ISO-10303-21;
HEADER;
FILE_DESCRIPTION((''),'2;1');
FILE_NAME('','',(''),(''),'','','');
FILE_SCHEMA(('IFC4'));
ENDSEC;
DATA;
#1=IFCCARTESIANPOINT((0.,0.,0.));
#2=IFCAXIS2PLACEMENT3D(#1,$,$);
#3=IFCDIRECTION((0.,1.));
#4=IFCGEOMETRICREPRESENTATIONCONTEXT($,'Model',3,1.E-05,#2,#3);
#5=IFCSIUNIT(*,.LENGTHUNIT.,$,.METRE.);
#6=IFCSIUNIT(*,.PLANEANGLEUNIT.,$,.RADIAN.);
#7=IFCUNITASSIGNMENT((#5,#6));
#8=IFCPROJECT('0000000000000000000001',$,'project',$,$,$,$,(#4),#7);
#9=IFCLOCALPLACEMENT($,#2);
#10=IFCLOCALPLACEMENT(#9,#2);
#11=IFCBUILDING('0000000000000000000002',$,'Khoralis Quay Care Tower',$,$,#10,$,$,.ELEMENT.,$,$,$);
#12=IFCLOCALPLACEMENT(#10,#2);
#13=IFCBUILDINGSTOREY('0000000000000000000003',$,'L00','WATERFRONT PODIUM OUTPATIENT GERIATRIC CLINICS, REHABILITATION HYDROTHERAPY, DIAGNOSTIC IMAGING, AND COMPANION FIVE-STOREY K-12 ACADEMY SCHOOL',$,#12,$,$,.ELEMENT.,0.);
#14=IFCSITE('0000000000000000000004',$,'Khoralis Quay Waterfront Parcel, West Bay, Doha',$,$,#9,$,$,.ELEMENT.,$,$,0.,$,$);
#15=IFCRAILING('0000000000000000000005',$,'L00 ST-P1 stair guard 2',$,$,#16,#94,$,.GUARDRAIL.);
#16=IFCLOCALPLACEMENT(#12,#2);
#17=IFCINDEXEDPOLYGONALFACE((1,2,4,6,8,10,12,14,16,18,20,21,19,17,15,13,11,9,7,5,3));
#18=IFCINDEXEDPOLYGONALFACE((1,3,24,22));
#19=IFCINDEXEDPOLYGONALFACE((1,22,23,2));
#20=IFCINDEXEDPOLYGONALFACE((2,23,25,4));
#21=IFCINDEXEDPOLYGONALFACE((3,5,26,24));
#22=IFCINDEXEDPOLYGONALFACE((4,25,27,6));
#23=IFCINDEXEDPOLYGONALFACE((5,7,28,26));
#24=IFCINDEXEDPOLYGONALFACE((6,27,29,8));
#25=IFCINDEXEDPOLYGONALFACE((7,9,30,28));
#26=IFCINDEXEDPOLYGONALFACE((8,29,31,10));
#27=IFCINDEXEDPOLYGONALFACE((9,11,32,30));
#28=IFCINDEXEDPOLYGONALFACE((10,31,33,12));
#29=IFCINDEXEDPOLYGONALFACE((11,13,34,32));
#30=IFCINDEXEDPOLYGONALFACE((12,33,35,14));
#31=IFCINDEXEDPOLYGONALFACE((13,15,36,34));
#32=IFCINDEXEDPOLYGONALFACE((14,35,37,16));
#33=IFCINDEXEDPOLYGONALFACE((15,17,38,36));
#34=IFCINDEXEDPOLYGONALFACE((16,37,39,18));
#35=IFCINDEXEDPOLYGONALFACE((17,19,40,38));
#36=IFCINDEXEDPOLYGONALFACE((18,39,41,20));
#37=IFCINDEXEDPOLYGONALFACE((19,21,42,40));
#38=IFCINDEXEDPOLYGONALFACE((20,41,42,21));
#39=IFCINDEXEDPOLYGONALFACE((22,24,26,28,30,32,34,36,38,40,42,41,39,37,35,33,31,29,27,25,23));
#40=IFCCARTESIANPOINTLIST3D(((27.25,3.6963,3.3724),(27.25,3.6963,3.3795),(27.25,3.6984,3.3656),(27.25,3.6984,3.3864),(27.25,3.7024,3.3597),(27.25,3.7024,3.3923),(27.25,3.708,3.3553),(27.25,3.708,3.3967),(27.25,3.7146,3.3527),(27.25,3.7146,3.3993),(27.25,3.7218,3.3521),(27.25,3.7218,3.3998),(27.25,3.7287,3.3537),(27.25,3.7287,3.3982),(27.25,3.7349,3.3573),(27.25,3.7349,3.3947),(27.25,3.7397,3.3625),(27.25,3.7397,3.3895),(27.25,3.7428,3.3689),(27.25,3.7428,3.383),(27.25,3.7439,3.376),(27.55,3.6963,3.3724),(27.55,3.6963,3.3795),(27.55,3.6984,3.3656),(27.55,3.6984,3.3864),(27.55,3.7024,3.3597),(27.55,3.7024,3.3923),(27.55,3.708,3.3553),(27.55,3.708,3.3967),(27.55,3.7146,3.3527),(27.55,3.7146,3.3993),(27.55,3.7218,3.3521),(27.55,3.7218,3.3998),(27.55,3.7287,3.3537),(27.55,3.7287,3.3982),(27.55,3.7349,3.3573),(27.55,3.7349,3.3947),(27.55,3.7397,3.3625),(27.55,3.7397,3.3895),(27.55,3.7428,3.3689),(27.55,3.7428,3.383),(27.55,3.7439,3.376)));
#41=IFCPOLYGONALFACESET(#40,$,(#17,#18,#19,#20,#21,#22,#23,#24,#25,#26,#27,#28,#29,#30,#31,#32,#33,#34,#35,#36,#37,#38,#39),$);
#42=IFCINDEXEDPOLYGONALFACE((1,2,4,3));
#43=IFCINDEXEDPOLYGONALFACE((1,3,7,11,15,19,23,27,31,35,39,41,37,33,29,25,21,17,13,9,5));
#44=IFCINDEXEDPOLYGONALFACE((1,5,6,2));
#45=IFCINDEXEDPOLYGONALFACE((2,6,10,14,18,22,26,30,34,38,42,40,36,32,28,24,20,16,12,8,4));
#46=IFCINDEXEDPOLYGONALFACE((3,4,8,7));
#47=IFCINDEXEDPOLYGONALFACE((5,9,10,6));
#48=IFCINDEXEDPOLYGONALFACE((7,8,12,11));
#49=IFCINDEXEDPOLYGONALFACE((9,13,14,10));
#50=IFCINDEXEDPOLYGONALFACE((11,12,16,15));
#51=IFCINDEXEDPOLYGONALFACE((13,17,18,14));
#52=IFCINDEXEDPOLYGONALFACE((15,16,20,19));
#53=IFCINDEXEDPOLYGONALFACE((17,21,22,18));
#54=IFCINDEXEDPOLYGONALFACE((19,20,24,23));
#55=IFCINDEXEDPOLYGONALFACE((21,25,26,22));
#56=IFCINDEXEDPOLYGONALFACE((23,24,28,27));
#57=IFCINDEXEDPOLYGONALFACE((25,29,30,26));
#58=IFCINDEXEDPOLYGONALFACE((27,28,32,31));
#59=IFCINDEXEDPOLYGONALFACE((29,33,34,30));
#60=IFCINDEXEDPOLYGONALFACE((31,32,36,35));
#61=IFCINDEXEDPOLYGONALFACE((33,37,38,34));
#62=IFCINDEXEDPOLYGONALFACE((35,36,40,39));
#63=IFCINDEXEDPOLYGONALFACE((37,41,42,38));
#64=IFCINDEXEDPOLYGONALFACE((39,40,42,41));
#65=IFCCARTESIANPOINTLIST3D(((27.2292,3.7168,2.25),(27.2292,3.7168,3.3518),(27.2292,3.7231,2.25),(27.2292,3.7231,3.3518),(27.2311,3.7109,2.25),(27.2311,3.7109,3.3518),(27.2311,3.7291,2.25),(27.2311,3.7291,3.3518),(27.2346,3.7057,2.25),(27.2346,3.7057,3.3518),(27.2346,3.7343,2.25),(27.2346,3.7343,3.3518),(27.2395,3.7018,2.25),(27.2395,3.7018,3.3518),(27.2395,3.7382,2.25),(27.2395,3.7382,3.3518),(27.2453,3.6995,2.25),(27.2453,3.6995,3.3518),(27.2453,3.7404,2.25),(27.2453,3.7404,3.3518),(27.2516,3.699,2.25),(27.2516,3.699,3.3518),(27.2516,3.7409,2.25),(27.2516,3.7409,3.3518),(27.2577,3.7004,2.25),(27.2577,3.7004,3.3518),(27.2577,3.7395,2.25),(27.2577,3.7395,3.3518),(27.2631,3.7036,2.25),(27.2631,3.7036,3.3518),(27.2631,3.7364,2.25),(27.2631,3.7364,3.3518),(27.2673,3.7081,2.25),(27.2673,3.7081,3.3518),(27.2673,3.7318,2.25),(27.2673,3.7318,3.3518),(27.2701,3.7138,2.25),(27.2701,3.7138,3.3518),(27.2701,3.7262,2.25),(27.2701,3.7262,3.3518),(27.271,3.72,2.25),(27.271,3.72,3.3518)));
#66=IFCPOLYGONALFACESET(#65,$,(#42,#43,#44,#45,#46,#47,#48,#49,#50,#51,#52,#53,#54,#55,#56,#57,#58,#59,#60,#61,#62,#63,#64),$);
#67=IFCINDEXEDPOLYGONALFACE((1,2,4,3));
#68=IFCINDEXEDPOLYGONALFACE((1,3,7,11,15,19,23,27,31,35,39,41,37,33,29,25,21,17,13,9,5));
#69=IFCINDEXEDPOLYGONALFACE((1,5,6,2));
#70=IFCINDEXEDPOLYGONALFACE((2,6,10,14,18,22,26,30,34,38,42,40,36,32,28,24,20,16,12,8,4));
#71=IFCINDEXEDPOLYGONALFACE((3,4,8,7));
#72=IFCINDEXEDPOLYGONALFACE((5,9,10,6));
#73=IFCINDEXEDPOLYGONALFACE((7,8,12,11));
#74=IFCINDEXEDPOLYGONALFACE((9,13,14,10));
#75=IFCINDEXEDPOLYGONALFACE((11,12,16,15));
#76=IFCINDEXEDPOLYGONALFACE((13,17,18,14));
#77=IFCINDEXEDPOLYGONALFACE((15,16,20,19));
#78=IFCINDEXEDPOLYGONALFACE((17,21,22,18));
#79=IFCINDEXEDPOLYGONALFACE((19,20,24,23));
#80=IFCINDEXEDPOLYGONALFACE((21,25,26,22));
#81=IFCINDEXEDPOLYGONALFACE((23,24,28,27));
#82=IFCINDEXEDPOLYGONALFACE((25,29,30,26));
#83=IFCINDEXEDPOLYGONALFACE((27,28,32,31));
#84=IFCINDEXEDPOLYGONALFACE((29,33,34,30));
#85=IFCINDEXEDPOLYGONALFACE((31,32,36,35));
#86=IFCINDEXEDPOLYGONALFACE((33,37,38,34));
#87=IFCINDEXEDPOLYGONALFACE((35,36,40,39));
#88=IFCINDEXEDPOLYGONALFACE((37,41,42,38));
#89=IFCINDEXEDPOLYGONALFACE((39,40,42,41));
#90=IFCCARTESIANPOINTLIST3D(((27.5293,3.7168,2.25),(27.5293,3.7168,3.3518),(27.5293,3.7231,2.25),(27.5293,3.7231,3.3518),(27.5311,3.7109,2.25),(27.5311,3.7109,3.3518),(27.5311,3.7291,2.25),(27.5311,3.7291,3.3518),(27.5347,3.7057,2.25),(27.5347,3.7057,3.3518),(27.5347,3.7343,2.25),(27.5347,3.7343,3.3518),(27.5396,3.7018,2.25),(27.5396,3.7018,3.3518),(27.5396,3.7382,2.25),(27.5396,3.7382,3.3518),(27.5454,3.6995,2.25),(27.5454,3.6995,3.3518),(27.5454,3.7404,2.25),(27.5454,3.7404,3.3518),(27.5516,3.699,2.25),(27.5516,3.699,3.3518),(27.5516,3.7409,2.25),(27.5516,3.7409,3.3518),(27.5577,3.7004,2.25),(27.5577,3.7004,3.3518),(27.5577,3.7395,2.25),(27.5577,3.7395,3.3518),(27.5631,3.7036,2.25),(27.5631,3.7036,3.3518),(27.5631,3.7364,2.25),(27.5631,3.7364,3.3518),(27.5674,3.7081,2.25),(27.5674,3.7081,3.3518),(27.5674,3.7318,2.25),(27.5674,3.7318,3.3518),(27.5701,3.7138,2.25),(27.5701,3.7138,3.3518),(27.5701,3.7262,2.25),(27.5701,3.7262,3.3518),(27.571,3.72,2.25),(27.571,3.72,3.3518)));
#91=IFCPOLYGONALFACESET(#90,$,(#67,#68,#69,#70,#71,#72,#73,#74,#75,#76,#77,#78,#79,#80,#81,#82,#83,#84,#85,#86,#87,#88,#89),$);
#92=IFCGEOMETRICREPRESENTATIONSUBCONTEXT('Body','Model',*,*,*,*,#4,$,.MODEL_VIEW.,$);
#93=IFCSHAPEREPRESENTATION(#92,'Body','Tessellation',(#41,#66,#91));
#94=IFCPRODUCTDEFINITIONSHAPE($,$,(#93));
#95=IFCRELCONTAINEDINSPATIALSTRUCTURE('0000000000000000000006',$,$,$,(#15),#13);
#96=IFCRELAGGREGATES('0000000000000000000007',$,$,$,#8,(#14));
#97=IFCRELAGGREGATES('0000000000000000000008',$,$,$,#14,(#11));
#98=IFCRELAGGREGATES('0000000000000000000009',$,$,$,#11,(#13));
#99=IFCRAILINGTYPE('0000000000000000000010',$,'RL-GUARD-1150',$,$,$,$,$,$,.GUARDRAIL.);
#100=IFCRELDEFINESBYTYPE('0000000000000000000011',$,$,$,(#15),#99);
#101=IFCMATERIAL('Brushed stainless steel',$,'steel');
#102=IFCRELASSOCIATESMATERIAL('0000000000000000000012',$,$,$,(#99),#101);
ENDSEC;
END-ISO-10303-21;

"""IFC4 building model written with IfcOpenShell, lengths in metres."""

from ifc_helpers import new_model, si_unit, direction, frame, origin, origin_2d, place, context, subcontext, project, spatial, circle, extrude, material, type_object, element, save


model = new_model("IFC4")

# Units and contexts
model_context = context("Model", 3, precision=1e-05, world=origin(), true_north=direction((0.0, 1.0)))
body_context = subcontext(model_context, "Body", "Model", "MODEL_VIEW")
ifc_project = project(units=[si_unit("LENGTHUNIT", "METRE"), si_unit("PLANEANGLEUNIT", "RADIAN")], contexts=[model_context])

# Site, building, storey
site_placement = place(None, origin())
site = spatial("IfcSite", under=ifc_project, at=site_placement, Name="Khoralis Quay Waterfront Parcel, West Bay, Doha", CompositionType="ELEMENT", RefElevation=0.0)
building_placement = place(site_placement, origin())
building = spatial("IfcBuilding", under=site, at=building_placement, Name="Khoralis Quay Care Tower", CompositionType="ELEMENT")
storey_placement = place(building_placement, origin())
storey = spatial("IfcBuildingStorey", under=building, at=storey_placement, Name="L00", Description="WATERFRONT PODIUM OUTPATIENT GERIATRIC CLINICS, REHABILITATION HYDROTHERAPY, DIAGNOSTIC IMAGING, AND COMPANION FIVE-STOREY K-12 ACADEMY SCHOOL", CompositionType="ELEMENT", Elevation=0.0)

# Railing
ifc_material_1 = material(Name="Brushed stainless steel", Category="steel")
railing_type_1 = type_object("IfcRailingType", Name="RL-GUARD-1150", PredefinedType="GUARDRAIL", material=ifc_material_1)
railing_1_placement = place(storey_placement, frame((27.25, 3.72, 2.25)))
element("IfcRailing", 1, at=railing_1_placement, inside=storey, type_object=railing_type_1, Name="L00 ST-P1 stair guard 2", PredefinedType="GUARDRAIL", context=body_context, shape_type="SweptSolid", body=[
    extrude(circle(Radius=0.0239, at=origin_2d()), frame((0.0, 0.0, 1.126), z_axis=(1.0, 0.0, 0.0), x_axis=(0.0, 1.0, 0.0)), (0.0, 0.0, 1.0), 0.3),
    extrude(circle(Radius=0.021, at=origin_2d()), origin(), (0.0, 0.0, 1.0), 1.1018),
    extrude(circle(Radius=0.021, at=origin_2d()), frame((0.3, 0.0, 0.0)), (0.0, 0.0, 1.0), 1.1018),
])

save(model, "model.ifc")
